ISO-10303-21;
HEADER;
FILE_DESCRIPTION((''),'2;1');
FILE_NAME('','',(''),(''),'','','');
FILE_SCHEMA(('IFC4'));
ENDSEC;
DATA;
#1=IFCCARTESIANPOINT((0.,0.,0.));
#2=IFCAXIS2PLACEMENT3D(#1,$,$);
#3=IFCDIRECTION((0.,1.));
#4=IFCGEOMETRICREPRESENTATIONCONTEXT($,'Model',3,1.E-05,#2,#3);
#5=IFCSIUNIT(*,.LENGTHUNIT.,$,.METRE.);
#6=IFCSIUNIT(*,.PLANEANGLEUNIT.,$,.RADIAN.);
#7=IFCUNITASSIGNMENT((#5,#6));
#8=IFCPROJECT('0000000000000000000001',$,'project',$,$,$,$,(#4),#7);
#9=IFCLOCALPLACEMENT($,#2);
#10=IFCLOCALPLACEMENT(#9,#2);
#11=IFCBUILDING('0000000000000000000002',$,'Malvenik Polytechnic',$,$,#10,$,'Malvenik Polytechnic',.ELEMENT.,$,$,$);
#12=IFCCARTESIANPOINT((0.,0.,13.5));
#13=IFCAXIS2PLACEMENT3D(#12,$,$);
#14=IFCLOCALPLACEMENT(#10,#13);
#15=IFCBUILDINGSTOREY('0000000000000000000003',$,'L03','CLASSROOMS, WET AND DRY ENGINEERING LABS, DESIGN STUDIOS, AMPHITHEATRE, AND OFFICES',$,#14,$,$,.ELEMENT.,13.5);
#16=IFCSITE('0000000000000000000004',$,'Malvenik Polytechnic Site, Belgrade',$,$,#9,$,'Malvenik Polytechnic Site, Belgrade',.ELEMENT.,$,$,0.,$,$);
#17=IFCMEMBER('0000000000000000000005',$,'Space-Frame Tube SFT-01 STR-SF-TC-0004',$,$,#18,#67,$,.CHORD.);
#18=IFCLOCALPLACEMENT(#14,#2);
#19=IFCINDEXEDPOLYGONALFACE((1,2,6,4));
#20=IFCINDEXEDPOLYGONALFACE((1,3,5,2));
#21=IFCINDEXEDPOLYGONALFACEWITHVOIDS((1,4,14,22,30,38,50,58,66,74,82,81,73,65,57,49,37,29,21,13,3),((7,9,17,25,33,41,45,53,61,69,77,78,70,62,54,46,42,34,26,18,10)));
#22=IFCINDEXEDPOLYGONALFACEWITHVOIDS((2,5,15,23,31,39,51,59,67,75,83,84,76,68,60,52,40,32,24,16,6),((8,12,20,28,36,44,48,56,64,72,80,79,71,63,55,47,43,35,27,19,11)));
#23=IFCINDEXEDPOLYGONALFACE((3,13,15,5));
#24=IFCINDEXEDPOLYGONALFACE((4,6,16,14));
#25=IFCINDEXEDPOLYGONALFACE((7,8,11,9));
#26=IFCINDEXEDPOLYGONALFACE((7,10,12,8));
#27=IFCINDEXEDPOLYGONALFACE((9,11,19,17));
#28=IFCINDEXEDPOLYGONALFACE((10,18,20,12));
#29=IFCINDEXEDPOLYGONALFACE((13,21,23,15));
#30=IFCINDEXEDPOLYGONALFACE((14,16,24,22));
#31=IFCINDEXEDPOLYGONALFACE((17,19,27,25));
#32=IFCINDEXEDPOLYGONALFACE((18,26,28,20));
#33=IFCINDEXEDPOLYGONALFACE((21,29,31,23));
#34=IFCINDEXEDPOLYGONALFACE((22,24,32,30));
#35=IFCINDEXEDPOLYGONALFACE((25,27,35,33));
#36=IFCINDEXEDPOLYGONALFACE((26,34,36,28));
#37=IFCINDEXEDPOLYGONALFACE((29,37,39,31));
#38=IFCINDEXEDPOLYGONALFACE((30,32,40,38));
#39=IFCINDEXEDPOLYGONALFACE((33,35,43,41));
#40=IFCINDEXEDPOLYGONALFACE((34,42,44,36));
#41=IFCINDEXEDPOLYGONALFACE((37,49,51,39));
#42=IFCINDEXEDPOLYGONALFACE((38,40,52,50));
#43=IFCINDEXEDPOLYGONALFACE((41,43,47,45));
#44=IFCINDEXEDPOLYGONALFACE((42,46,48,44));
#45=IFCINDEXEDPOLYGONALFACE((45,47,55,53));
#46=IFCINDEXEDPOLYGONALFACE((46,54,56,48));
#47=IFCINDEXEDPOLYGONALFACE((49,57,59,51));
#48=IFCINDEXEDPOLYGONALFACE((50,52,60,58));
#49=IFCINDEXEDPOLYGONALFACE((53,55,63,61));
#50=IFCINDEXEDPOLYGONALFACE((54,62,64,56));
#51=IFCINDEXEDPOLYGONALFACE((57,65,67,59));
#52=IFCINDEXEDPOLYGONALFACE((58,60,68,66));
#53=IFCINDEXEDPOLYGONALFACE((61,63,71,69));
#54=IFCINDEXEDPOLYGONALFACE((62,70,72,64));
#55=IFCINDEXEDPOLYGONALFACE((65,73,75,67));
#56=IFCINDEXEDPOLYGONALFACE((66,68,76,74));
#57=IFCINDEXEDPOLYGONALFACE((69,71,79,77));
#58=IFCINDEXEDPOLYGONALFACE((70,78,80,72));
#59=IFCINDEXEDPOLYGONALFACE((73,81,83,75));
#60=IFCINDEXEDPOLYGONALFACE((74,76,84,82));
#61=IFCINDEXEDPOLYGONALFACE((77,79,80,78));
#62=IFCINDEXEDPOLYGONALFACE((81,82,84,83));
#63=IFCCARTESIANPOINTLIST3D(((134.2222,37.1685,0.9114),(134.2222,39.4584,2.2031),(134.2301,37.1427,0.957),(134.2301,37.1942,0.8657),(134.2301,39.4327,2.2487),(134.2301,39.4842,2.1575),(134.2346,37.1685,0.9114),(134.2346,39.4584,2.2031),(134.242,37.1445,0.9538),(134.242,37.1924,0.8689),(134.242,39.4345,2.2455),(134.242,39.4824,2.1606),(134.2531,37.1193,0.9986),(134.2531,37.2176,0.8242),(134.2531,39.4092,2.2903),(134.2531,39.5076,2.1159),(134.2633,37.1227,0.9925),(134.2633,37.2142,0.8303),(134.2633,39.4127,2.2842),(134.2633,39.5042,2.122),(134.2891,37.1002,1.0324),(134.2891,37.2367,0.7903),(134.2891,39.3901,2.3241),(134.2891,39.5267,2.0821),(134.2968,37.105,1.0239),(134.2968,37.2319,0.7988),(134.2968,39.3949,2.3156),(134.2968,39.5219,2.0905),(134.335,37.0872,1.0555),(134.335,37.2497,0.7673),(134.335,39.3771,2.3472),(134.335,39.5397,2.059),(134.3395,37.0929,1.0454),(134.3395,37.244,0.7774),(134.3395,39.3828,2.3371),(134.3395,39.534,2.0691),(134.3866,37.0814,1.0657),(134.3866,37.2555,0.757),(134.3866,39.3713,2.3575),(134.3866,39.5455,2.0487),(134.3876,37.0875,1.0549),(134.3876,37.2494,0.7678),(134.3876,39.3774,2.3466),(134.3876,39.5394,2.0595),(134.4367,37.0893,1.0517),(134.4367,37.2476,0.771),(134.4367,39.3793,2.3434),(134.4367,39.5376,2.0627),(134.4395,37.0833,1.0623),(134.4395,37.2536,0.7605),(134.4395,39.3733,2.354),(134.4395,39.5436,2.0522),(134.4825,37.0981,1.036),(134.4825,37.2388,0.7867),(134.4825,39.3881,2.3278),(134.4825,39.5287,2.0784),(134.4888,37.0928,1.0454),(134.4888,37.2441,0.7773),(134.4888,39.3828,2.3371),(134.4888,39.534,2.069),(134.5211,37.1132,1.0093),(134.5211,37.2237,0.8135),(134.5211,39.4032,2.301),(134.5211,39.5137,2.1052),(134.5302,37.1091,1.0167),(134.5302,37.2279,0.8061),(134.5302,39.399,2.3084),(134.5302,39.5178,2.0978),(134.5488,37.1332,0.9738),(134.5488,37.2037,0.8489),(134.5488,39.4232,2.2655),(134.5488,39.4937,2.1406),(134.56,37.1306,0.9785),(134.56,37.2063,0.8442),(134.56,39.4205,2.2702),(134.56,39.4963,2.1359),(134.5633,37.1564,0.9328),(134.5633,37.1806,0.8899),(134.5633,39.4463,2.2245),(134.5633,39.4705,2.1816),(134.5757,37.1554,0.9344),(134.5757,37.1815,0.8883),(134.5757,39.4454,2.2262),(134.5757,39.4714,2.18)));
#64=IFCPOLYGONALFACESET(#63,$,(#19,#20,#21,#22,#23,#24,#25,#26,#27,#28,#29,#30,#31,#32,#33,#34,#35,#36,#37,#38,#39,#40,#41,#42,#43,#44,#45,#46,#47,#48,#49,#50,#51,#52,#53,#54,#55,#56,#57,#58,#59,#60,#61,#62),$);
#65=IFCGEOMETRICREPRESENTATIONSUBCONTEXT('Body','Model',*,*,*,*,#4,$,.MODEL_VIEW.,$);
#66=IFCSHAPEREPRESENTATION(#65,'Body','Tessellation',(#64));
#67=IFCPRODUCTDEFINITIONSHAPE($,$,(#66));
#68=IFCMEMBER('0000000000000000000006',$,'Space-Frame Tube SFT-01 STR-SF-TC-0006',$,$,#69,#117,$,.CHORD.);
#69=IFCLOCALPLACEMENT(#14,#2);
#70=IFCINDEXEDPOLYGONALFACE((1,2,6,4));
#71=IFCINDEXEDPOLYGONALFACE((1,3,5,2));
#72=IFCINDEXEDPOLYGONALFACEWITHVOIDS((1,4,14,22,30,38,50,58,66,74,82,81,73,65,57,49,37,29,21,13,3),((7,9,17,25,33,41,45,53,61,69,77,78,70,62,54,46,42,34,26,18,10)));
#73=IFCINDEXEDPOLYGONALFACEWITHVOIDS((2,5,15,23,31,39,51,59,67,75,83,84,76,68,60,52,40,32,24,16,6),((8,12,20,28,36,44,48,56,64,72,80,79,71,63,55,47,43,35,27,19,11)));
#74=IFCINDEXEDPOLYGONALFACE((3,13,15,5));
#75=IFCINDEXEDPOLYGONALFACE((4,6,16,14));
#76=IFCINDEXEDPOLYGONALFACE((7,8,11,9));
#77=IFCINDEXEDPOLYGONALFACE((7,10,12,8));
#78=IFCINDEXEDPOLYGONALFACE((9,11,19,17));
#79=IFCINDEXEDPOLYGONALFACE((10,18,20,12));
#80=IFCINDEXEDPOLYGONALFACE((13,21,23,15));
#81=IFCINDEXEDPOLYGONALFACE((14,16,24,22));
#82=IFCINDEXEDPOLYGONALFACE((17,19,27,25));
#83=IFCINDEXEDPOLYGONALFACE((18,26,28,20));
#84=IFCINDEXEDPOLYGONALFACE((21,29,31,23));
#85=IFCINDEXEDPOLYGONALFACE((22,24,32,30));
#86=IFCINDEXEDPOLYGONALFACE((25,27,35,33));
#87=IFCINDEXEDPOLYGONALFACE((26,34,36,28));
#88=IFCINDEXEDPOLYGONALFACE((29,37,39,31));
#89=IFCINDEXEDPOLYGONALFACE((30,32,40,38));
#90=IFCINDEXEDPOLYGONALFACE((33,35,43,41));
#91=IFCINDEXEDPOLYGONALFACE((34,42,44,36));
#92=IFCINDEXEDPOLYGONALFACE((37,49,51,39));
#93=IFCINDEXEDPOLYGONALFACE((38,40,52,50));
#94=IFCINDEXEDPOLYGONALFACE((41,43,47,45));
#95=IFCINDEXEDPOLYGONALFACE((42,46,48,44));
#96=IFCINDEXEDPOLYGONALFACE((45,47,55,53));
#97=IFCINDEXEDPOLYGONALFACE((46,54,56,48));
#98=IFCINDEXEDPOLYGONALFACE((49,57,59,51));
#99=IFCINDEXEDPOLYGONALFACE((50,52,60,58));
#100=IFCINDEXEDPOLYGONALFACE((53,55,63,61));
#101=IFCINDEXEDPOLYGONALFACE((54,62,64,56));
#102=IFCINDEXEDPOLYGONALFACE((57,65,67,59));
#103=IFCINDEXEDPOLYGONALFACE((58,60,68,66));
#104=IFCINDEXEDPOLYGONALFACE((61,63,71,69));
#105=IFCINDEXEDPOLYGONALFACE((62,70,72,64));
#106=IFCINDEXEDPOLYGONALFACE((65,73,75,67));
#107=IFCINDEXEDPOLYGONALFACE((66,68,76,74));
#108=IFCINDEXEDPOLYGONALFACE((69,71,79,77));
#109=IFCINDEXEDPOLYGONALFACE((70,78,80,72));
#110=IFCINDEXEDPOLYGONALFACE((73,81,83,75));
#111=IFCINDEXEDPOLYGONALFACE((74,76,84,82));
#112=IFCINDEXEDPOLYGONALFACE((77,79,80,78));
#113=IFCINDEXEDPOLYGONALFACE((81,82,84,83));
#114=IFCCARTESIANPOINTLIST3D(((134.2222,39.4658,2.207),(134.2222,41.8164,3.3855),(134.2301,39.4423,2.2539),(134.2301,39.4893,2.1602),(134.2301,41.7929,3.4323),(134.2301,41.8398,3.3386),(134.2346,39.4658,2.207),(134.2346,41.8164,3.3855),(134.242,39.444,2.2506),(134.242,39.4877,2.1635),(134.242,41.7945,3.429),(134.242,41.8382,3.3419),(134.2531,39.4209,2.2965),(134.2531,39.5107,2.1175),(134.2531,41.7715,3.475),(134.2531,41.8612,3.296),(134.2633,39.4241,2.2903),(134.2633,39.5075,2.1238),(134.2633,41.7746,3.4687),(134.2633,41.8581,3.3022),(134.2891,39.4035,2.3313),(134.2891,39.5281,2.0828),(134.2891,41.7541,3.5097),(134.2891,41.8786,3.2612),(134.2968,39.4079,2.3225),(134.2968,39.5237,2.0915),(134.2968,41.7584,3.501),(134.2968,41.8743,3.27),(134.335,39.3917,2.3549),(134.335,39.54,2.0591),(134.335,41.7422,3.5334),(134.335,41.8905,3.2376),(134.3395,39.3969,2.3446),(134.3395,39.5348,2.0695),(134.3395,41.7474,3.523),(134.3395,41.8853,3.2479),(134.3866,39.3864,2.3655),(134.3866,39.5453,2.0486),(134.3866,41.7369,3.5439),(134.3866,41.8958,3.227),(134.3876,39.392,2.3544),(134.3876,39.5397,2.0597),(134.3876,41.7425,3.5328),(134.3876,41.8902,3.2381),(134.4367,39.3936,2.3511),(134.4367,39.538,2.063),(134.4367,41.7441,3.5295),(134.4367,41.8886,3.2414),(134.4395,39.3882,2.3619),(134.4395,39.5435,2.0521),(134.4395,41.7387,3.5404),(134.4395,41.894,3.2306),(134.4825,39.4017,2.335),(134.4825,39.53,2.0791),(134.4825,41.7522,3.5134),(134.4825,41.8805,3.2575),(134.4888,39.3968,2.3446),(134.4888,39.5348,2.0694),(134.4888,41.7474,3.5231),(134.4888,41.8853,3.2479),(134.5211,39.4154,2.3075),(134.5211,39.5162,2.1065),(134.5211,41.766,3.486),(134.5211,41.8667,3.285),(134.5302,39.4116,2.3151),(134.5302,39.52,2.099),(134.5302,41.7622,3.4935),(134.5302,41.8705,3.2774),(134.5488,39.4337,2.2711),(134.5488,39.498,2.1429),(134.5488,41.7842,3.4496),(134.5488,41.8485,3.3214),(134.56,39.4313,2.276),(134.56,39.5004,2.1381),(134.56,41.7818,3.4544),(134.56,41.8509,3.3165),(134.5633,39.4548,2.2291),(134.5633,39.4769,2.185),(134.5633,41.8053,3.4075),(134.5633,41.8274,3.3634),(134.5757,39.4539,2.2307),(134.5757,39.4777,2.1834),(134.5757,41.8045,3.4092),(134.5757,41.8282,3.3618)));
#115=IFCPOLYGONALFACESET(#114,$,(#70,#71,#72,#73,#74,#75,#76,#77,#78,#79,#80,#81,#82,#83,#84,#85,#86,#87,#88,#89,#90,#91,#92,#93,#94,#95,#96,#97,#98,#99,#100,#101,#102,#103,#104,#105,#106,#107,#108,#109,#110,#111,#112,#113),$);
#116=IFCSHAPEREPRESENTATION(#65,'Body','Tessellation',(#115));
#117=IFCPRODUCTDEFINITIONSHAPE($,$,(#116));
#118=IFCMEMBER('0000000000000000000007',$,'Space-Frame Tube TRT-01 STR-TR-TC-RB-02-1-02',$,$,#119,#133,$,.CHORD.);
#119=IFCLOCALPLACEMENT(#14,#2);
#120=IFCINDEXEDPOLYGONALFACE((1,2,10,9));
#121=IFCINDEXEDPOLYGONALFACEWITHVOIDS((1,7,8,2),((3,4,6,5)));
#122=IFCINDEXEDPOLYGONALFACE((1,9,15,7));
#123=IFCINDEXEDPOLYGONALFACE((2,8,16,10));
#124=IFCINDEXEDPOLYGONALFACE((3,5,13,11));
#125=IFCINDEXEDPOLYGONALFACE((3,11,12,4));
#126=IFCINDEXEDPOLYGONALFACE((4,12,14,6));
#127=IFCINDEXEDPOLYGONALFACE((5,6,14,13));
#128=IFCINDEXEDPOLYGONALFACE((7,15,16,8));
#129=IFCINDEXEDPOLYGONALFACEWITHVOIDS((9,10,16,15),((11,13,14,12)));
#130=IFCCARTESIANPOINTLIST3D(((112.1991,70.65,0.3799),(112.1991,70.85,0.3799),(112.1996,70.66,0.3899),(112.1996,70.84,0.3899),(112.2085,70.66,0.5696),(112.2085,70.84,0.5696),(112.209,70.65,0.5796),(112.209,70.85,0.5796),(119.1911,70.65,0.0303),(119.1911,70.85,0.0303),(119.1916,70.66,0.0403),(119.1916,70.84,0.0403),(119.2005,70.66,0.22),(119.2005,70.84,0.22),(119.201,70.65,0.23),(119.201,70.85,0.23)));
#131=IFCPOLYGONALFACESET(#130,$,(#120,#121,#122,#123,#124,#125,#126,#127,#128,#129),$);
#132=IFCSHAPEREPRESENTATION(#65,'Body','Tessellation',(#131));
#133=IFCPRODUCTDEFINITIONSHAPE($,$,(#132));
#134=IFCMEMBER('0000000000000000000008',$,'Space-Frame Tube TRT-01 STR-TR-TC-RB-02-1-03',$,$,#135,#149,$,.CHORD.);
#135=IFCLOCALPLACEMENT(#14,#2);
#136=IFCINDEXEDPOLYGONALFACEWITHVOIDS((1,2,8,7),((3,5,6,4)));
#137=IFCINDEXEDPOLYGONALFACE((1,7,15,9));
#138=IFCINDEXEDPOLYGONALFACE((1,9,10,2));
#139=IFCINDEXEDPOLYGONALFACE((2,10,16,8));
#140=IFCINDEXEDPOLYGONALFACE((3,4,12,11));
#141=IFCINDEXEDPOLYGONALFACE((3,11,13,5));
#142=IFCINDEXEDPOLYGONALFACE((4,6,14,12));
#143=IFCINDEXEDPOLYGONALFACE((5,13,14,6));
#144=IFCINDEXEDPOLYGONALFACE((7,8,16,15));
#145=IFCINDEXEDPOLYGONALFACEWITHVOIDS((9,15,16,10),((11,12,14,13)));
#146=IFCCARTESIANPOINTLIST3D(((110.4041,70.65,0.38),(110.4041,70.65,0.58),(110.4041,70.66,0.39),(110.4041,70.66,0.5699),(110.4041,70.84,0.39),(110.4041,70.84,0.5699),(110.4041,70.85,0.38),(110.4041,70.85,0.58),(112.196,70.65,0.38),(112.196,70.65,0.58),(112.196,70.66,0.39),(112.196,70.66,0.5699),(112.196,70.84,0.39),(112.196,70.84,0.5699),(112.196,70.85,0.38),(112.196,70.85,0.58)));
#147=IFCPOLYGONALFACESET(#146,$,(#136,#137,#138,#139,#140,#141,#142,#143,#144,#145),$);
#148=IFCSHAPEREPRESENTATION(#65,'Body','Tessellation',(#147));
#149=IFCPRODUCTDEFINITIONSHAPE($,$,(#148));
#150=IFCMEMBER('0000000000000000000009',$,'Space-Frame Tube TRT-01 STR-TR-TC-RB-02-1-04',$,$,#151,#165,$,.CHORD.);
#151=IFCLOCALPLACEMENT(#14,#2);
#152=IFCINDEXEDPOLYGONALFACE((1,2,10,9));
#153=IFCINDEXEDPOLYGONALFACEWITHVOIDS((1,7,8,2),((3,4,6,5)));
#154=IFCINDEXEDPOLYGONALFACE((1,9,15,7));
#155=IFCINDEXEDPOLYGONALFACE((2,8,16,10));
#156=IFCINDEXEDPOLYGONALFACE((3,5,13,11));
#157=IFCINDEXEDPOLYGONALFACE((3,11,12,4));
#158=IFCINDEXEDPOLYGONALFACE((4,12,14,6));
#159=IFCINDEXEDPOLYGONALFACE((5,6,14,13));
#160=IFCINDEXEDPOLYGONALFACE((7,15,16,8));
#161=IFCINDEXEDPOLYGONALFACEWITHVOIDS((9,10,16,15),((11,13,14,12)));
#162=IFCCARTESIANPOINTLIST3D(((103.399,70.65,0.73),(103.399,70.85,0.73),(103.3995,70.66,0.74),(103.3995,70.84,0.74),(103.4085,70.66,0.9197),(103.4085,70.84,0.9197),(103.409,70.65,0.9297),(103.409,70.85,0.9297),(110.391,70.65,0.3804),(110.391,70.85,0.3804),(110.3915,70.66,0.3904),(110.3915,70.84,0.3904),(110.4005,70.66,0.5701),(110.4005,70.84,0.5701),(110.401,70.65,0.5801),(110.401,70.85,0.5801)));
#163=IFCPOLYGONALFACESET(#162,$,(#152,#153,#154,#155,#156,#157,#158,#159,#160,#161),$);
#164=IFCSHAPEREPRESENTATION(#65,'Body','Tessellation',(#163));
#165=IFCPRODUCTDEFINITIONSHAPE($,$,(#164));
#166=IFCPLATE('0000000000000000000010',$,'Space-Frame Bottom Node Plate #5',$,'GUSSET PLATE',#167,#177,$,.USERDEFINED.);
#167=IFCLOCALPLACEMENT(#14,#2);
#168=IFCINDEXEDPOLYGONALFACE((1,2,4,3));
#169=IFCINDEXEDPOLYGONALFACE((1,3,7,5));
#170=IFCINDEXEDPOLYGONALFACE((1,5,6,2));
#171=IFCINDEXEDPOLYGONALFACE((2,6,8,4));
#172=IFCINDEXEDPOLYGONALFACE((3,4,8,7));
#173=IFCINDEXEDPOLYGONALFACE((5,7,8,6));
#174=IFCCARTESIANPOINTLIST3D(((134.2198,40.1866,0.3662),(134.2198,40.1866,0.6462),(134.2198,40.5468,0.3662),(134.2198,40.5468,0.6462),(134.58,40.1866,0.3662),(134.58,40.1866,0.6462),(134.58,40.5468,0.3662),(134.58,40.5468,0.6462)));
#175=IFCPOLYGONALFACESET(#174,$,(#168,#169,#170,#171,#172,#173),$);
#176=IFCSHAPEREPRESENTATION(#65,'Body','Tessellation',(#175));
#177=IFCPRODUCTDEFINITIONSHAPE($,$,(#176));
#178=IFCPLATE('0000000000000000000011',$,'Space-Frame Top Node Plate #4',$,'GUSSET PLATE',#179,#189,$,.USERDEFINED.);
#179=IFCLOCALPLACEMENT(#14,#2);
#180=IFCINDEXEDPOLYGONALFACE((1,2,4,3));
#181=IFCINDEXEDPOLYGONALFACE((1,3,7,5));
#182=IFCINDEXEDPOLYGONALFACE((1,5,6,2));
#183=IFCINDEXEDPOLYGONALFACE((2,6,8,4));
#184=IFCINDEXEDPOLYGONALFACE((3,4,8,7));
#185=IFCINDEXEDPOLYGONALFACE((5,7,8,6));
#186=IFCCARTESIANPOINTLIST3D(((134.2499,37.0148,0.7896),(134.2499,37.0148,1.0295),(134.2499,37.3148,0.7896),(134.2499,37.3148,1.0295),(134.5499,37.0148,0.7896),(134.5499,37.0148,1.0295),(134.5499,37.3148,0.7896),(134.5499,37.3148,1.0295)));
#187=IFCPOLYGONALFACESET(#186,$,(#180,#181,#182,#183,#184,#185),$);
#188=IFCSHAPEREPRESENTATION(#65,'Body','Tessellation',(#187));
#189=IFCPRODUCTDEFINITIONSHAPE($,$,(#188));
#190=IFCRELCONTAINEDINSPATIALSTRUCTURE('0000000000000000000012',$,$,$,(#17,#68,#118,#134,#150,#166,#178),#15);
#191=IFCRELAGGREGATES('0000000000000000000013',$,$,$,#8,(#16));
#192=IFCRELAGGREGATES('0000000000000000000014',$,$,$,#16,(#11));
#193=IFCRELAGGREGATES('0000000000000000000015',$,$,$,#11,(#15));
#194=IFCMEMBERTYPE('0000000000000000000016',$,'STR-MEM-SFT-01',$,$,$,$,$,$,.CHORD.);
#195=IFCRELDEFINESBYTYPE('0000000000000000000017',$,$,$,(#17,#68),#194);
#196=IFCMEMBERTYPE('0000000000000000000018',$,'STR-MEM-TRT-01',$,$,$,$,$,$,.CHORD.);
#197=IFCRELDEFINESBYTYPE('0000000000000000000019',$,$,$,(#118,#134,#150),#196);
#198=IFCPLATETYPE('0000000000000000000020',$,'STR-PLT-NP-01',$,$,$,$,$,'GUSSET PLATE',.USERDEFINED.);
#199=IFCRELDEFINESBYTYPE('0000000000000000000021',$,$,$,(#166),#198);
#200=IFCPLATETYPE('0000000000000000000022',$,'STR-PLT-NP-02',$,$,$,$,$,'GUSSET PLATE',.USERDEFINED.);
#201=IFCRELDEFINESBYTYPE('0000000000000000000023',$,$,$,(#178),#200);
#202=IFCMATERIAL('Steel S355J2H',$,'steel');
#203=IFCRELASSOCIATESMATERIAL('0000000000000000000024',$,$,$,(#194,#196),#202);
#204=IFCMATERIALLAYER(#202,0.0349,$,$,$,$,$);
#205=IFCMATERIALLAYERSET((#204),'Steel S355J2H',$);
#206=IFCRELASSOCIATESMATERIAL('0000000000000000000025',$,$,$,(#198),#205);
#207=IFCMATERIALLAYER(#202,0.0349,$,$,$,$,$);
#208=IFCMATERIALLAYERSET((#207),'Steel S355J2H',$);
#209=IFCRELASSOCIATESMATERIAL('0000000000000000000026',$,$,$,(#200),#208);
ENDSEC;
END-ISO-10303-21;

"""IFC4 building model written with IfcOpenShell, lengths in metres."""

from ifc_helpers import new_model, si_unit, direction, frame, origin, origin_2d, place, context, subcontext, project, spatial, rectangle, hollow_rectangle, hollow_circle, extrude, material, layer, layer_set, material_profile, profile_set, type_object, element, save


model = new_model("IFC4")

# Units and contexts
model_context = context("Model", 3, precision=1e-05, world=origin(), true_north=direction((0.0, 1.0)))
body_context = subcontext(model_context, "Body", "Model", "MODEL_VIEW")
ifc_project = project(units=[si_unit("LENGTHUNIT", "METRE"), si_unit("PLANEANGLEUNIT", "RADIAN")], contexts=[model_context])

# Site, building, storey
site_placement = place(None, origin())
site = spatial("IfcSite", under=ifc_project, at=site_placement, Name="Malvenik Polytechnic Site, Belgrade", LongName="Malvenik Polytechnic Site, Belgrade", CompositionType="ELEMENT", RefElevation=0.0)
building_placement = place(site_placement, origin())
building = spatial("IfcBuilding", under=site, at=building_placement, Name="Malvenik Polytechnic", LongName="Malvenik Polytechnic", CompositionType="ELEMENT")
storey_placement = place(building_placement, frame((0.0, 0.0, 13.5)))
storey = spatial("IfcBuildingStorey", under=building, at=storey_placement, Name="L03", Description="CLASSROOMS, WET AND DRY ENGINEERING LABS, DESIGN STUDIOS, AMPHITHEATRE, AND OFFICES", CompositionType="ELEMENT", Elevation=13.5)

# Shared definitions
ifc_material_1 = material(Name="Steel S355J2H", Category="steel")

# Members
ifc_material_profile_1 = material_profile(ifc_material_1, hollow_circle(Radius=0.1777, WallThickness=0.0125, at=origin_2d()), Name="CHS 355.6x12.5")
ifc_profile_set_1 = profile_set([ifc_material_profile_1], Name="Steel S355J2H")
member_type_1 = type_object("IfcMemberType", Name="STR-MEM-SFT-01", PredefinedType="CHORD", material=ifc_profile_set_1)
member_1_placement = place(storey_placement, frame((134.3999, 37.1685, 0.9114), z_axis=(0.0, 0.87099, 0.491301), x_axis=(-1.0, 0.0, 0.0)))
element("IfcMember", 1, at=member_1_placement, inside=storey, type_object=member_type_1, Name="Space-Frame Tube SFT-01 STR-SF-TC-0004", PredefinedType="CHORD", context=body_context, shape_type="SweptSolid", body=[
    extrude(hollow_circle(Radius=0.1777, WallThickness=0.0125, at=origin_2d()), origin(), (0.0, 0.0, 1.0), 2.6292),
])
member_2_placement = place(storey_placement, frame((134.3999, 39.4658, 2.207), z_axis=(0.0, 0.893944, 0.448179), x_axis=(-1.0, 0.0, 0.0)))
element("IfcMember", 2, at=member_2_placement, inside=storey, type_object=member_type_1, Name="Space-Frame Tube SFT-01 STR-SF-TC-0006", PredefinedType="CHORD", context=body_context, shape_type="SweptSolid", body=[
    extrude(hollow_circle(Radius=0.1777, WallThickness=0.0125, at=origin_2d()), origin(), (0.0, 0.0, 1.0), 2.6294),
])
ifc_material_profile_2 = material_profile(ifc_material_1, hollow_rectangle(XDim=0.2, YDim=0.2, WallThickness=0.01, at=origin_2d()), Name="SHS 200x200x10.0")
ifc_profile_set_2 = profile_set([ifc_material_profile_2], Name="Steel S355J2H")
member_type_2 = type_object("IfcMemberType", Name="STR-MEM-TRT-01", PredefinedType="CHORD", material=ifc_profile_set_2)
member_3_placement = place(storey_placement, frame((119.196, 70.75, 0.1301), z_axis=(-0.998752, 0.0, 0.049939), x_axis=(0.0, -1.0, 0.0)))
element("IfcMember", 3, at=member_3_placement, inside=storey, type_object=member_type_2, Name="Space-Frame Tube TRT-01 STR-TR-TC-RB-02-1-02", PredefinedType="CHORD", context=body_context, shape_type="SweptSolid", body=[
    extrude(hollow_rectangle(XDim=0.2, YDim=0.2, WallThickness=0.01, at=origin_2d()), origin(), (0.0, 0.0, 1.0), 7.0007),
])
member_4_placement = place(storey_placement, frame((112.196, 70.75, 0.48), z_axis=(-1.0, 0.0, 0.0), x_axis=(0.0, -1.0, 0.0)))
element("IfcMember", 4, at=member_4_placement, inside=storey, type_object=member_type_2, Name="Space-Frame Tube TRT-01 STR-TR-TC-RB-02-1-03", PredefinedType="CHORD", context=body_context, shape_type="SweptSolid", body=[
    extrude(hollow_rectangle(XDim=0.2, YDim=0.2, WallThickness=0.01, at=origin_2d()), origin(), (0.0, 0.0, 1.0), 1.792),
])
member_5_placement = place(storey_placement, frame((110.396, 70.75, 0.4802), z_axis=(-0.998752, 0.0, 0.049939), x_axis=(0.0, -1.0, 0.0)))
element("IfcMember", 5, at=member_5_placement, inside=storey, type_object=member_type_2, Name="Space-Frame Tube TRT-01 STR-TR-TC-RB-02-1-04", PredefinedType="CHORD", context=body_context, shape_type="SweptSolid", body=[
    extrude(hollow_rectangle(XDim=0.2, YDim=0.2, WallThickness=0.01, at=origin_2d()), origin(), (0.0, 0.0, 1.0), 7.0007),
])

# Plates
ifc_layer_1 = layer(ifc_material_1, 0.0349)
ifc_layer_set_1 = layer_set([ifc_layer_1], Name="Steel S355J2H")
plate_type_1 = type_object("IfcPlateType", Name="STR-PLT-NP-01", ElementType="GUSSET PLATE", PredefinedType="USERDEFINED", material=ifc_layer_set_1)
plate_placement = place(storey_placement, frame((134.3999, 40.3667, 0.3662), z_axis=(0.0, 0.0, 1.0), x_axis=(1.0, 0.0, 0.0)))
element("IfcPlate", 6, at=plate_placement, inside=storey, type_object=plate_type_1, Name="Space-Frame Bottom Node Plate #5", ObjectType="GUSSET PLATE", PredefinedType="USERDEFINED", context=body_context, shape_type="SweptSolid", body=[
    extrude(rectangle(XDim=0.3601, YDim=0.3601, at=origin_2d()), origin(), (0.0, 0.0, 1.0), 0.28),
])
ifc_layer_2 = layer(ifc_material_1, 0.0349)
ifc_layer_set_2 = layer_set([ifc_layer_2], Name="Steel S355J2H")
plate_type_2 = type_object("IfcPlateType", Name="STR-PLT-NP-02", ElementType="GUSSET PLATE", PredefinedType="USERDEFINED", material=ifc_layer_set_2)
for number, where, z_axis, x_axis, name in (
    (7, (134.3999, 37.1648, 0.7896), (0.0, 0.0, 1.0), (1.0, 0.0, 0.0), "Space-Frame Top Node Plate #4"),
):
    element("IfcPlate", number, at=place(storey_placement, frame(where, z_axis=z_axis, x_axis=x_axis)), inside=storey, type_object=plate_type_2, Name=name, ObjectType="GUSSET PLATE", PredefinedType="USERDEFINED", context=body_context, shape_type="SweptSolid", body=[
        extrude(rectangle(XDim=0.3, YDim=0.3, at=origin_2d()), origin(), (0.0, 0.0, 1.0), 0.24),
    ])

save(model, "model.ifc")
